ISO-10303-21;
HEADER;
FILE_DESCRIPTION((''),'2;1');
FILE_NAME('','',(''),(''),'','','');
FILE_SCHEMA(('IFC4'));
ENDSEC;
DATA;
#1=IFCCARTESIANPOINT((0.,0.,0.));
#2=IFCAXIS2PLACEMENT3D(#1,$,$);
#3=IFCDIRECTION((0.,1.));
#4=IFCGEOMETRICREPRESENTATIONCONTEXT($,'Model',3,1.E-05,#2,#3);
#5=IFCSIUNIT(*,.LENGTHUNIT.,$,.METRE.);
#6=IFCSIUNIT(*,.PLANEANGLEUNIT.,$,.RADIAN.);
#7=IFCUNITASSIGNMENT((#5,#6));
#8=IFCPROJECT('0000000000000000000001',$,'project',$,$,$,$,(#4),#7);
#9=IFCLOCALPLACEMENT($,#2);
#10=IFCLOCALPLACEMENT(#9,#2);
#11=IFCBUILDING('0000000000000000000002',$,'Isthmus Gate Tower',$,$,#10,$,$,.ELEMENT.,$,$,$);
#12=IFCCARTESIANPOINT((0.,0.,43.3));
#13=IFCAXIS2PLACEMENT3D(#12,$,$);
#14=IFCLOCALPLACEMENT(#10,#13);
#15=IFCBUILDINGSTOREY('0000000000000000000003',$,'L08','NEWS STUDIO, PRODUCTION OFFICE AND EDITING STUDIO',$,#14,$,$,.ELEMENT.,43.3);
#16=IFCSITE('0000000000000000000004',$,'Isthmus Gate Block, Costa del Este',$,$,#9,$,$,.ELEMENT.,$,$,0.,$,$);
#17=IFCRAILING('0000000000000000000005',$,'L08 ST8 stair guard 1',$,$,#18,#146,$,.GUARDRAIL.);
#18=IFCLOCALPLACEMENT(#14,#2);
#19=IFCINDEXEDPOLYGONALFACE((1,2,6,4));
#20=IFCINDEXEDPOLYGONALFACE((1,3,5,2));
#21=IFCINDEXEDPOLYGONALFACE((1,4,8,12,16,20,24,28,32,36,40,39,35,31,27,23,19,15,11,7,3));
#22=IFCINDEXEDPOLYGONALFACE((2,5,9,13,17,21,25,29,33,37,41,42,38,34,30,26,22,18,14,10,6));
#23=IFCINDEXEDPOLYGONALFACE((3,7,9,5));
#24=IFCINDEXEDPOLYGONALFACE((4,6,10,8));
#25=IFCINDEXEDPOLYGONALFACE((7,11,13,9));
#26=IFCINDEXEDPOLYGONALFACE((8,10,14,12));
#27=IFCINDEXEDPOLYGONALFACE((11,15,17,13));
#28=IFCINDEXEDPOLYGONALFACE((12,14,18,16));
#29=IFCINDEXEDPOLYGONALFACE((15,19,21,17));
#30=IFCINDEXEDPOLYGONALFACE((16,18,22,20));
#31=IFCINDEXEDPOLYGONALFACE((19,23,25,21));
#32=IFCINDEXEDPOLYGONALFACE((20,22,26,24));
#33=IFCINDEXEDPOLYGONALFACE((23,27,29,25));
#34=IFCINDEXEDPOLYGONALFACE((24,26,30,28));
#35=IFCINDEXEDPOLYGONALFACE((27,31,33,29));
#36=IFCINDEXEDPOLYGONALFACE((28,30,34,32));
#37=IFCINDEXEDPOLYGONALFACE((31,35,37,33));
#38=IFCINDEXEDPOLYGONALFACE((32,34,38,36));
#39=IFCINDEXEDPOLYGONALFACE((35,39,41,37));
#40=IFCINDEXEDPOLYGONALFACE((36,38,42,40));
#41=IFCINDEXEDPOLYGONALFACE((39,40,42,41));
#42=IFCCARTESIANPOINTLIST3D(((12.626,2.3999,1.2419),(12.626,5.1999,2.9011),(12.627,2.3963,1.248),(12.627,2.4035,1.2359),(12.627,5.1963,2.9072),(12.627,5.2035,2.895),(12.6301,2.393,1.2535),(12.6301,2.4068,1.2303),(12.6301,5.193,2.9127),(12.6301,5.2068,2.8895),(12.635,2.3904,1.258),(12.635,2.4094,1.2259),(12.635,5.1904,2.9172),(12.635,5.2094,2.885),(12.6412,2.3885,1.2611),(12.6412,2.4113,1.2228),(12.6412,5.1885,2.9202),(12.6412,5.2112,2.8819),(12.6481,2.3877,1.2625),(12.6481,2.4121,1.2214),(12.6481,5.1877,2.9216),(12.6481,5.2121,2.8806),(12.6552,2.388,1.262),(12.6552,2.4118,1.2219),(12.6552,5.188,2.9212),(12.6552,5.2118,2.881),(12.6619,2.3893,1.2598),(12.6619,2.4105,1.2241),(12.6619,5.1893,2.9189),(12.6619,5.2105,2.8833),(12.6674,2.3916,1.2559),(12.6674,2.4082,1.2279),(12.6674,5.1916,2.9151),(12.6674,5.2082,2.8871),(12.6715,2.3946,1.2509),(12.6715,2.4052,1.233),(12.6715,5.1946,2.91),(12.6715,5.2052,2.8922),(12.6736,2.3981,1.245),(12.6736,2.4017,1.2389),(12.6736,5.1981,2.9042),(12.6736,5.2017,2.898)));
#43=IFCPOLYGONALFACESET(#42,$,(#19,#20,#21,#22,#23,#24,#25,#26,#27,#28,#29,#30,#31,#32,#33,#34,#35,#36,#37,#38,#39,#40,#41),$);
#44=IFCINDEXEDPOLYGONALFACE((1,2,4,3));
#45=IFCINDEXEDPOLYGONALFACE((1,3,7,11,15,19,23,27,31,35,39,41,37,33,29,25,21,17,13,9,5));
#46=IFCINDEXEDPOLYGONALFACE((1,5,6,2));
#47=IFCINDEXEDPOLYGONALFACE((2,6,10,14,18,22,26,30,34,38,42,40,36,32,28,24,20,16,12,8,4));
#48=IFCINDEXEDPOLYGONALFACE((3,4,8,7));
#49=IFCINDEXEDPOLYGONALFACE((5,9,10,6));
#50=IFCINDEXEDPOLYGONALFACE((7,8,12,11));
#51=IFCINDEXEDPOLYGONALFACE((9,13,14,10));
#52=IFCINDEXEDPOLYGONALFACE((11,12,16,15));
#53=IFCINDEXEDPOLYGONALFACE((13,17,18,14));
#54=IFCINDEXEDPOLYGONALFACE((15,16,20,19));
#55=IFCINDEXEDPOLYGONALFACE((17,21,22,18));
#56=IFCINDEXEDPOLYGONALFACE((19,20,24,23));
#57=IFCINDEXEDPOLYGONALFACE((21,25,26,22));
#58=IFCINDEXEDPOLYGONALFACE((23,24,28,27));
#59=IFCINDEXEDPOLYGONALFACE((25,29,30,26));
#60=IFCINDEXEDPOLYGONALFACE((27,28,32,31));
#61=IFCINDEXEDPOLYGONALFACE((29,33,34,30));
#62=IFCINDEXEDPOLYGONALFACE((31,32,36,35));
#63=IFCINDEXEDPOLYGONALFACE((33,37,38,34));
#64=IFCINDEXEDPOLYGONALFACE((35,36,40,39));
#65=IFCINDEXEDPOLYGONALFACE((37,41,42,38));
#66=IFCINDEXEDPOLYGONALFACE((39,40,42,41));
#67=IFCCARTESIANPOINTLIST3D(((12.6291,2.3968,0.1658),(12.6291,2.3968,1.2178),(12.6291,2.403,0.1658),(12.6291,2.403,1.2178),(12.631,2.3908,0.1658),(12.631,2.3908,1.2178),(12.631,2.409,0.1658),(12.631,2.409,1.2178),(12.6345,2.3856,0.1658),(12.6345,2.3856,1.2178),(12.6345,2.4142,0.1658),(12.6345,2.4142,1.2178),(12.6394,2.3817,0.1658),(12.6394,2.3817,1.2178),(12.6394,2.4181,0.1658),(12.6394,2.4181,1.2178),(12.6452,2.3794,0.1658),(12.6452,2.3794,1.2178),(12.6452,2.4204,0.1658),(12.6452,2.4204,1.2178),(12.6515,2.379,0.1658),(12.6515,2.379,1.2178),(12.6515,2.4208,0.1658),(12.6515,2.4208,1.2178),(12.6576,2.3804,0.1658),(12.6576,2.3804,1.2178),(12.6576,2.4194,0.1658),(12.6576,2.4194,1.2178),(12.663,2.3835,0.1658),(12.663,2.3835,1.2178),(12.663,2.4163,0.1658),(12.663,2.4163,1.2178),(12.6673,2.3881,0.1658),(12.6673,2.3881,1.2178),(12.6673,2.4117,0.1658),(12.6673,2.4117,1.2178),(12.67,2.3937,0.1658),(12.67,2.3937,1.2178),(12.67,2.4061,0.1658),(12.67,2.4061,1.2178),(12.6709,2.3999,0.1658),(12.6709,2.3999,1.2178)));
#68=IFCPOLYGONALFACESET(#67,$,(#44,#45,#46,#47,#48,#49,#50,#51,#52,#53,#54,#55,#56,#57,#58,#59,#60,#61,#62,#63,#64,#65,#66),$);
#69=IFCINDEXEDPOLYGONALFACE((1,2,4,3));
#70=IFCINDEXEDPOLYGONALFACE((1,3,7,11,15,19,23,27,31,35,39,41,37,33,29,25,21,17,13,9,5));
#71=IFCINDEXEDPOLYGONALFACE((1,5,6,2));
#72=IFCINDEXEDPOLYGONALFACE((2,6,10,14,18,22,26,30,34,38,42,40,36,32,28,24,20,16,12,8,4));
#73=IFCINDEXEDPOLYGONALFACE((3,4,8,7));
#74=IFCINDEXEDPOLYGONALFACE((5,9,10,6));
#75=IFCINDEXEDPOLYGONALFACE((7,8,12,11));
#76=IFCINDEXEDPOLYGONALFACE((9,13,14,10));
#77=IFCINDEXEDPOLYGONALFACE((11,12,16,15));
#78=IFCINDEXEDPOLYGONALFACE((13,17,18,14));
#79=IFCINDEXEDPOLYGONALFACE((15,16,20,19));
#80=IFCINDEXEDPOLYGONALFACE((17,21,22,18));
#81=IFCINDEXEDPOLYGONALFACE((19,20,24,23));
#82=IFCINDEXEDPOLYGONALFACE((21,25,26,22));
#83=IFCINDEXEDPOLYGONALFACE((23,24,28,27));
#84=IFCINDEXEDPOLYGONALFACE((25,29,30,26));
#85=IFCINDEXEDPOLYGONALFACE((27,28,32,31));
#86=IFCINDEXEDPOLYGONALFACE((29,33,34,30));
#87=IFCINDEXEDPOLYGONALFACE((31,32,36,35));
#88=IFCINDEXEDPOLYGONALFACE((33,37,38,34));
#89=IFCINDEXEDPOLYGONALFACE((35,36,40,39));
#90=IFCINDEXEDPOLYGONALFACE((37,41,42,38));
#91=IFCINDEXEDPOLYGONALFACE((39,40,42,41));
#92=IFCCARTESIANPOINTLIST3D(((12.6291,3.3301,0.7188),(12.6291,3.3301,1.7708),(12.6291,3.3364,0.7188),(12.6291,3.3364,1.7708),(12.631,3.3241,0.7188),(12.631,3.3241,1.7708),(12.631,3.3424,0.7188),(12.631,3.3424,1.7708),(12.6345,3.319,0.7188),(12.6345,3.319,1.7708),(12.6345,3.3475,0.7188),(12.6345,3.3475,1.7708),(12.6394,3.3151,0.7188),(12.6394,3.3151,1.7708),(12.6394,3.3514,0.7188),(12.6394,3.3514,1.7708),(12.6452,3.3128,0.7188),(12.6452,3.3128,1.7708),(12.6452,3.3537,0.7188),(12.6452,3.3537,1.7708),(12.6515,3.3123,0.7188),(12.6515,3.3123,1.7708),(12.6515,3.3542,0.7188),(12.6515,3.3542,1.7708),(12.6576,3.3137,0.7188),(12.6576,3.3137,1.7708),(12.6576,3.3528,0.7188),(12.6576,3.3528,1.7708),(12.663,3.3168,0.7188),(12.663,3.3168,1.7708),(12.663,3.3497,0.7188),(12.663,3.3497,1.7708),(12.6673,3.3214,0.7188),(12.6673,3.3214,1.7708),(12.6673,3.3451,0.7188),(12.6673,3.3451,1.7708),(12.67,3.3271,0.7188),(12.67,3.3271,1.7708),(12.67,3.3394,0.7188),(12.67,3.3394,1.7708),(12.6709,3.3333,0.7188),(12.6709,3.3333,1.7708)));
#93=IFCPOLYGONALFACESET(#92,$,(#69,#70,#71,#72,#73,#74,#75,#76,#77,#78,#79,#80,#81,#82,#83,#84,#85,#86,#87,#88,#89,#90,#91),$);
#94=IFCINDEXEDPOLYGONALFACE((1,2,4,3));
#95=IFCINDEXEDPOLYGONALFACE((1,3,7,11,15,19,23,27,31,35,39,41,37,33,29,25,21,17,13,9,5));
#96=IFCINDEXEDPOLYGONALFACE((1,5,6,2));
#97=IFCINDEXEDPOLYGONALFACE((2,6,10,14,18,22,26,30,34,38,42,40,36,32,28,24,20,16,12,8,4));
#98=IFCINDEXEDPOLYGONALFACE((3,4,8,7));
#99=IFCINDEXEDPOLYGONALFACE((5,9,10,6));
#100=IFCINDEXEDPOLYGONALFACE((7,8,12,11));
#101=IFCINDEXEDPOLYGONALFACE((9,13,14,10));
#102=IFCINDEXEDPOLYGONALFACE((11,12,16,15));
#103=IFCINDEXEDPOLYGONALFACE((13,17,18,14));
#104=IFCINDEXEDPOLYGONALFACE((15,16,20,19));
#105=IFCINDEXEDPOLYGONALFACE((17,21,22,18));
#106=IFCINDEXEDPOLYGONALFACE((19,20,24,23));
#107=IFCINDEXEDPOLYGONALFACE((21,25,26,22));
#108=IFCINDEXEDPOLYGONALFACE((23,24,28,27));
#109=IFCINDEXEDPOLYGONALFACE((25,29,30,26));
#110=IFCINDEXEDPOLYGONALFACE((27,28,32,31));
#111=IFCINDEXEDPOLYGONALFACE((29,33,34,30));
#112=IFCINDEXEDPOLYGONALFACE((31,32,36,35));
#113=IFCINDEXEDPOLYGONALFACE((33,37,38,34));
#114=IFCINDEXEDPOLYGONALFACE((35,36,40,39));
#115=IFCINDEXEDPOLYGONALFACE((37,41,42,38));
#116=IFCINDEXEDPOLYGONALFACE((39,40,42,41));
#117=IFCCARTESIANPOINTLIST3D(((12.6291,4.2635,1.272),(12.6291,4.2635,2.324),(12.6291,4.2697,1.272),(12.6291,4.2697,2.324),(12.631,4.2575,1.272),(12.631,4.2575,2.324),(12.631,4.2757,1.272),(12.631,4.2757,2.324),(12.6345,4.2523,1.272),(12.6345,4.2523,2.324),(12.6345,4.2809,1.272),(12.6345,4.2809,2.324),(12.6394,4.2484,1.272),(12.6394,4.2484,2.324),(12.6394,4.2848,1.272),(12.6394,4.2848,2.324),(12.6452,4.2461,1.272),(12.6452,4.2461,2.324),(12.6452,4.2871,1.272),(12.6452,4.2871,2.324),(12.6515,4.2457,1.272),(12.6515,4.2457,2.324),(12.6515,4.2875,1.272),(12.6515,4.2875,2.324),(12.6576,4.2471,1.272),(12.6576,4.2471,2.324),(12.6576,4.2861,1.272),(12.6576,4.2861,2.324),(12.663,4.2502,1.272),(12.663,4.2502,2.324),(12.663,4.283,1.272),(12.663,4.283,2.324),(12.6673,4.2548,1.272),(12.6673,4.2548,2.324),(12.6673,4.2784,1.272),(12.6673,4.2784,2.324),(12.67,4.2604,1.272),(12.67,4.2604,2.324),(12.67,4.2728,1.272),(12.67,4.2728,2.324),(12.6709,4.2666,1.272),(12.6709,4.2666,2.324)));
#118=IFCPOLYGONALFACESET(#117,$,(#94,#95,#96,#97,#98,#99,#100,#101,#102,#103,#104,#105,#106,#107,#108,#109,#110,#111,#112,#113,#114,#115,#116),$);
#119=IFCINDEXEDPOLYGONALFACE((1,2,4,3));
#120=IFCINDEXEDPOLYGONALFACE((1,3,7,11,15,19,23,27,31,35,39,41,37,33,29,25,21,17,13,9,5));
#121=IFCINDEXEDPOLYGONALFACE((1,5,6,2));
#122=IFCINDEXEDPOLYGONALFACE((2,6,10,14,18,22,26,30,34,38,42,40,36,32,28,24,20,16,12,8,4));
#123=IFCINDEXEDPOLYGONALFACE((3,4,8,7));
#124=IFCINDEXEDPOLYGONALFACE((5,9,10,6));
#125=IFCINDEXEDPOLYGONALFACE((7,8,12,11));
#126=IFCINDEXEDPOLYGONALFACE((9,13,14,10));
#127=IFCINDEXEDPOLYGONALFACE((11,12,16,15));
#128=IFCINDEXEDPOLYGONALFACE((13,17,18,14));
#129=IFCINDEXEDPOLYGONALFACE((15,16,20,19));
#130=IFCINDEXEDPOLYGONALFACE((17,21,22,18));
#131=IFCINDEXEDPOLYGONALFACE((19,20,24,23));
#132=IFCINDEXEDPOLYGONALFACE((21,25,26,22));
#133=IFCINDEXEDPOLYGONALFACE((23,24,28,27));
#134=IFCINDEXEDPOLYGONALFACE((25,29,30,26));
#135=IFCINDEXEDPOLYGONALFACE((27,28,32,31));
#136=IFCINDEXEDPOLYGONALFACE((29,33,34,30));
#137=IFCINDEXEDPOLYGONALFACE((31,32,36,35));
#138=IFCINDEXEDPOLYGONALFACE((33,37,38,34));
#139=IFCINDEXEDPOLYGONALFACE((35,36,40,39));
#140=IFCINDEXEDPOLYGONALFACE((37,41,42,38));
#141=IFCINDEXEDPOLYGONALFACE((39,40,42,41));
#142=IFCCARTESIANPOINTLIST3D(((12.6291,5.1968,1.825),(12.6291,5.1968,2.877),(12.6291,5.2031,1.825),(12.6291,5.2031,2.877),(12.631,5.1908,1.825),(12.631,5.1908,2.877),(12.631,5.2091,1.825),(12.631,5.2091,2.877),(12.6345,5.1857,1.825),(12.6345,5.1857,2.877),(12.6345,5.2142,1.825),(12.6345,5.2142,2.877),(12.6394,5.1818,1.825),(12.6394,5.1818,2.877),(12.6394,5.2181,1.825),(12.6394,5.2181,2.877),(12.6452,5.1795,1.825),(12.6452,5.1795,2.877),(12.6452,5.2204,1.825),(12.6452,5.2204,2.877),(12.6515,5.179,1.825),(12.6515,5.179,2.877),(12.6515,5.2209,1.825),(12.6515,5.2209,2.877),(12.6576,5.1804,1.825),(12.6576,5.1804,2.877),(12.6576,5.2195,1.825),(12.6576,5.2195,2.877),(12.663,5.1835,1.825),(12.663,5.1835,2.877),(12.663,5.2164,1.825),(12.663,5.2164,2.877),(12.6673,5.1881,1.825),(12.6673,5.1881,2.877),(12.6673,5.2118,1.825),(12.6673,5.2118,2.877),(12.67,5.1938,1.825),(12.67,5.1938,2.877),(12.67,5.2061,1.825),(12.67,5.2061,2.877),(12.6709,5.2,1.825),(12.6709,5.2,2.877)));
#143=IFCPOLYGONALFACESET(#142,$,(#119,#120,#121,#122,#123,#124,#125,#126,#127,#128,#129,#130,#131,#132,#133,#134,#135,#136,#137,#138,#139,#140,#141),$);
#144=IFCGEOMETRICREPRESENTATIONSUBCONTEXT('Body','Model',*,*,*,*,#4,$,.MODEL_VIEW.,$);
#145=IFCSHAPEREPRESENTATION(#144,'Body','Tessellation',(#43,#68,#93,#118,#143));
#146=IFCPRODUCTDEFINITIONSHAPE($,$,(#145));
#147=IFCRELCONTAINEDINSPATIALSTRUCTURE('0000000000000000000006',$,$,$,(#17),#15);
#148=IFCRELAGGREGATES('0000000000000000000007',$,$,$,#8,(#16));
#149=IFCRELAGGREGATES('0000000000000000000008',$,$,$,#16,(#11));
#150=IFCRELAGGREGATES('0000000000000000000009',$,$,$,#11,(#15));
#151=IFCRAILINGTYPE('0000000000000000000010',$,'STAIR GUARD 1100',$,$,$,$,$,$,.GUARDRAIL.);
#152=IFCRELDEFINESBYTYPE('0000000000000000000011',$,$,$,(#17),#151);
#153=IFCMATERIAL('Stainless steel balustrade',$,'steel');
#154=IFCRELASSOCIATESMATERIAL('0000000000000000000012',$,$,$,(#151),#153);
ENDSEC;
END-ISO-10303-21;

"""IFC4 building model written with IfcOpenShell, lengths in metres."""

from ifc_helpers import new_model, si_unit, direction, frame, origin, origin_2d, place, context, subcontext, project, spatial, circle, extrude, material, type_object, element, save


model = new_model("IFC4")

# Units and contexts
model_context = context("Model", 3, precision=1e-05, world=origin(), true_north=direction((0.0, 1.0)))
body_context = subcontext(model_context, "Body", "Model", "MODEL_VIEW")
ifc_project = project(units=[si_unit("LENGTHUNIT", "METRE"), si_unit("PLANEANGLEUNIT", "RADIAN")], contexts=[model_context])

# Site, building, storey
site_placement = place(None, origin())
site = spatial("IfcSite", under=ifc_project, at=site_placement, Name="Isthmus Gate Block, Costa del Este", CompositionType="ELEMENT", RefElevation=0.0)
building_placement = place(site_placement, origin())
building = spatial("IfcBuilding", under=site, at=building_placement, Name="Isthmus Gate Tower", CompositionType="ELEMENT")
storey_placement = place(building_placement, frame((0.0, 0.0, 43.3)))
storey = spatial("IfcBuildingStorey", under=building, at=storey_placement, Name="L08", Description="NEWS STUDIO, PRODUCTION OFFICE AND EDITING STUDIO", CompositionType="ELEMENT", Elevation=43.3)

# Railing
ifc_material_1 = material(Name="Stainless steel balustrade", Category="steel")
railing_type_1 = type_object("IfcRailingType", Name="STAIR GUARD 1100", PredefinedType="GUARDRAIL", material=ifc_material_1)
railing_1_placement = place(storey_placement, frame((12.6499, 2.3999, 0.1658)))
element("IfcRailing", 1, at=railing_1_placement, inside=storey, type_object=railing_type_1, Name="L08 ST8 stair guard 1", PredefinedType="GUARDRAIL", context=body_context, shape_type="SweptSolid", body=[
    extrude(circle(Radius=0.0239, at=origin_2d()), frame((0.0, 0.0, 1.0762), z_axis=(0.0, 0.860306, 0.509778), x_axis=(-1.0, 0.0, 0.0)), (0.0, 0.0, 1.0), 3.2546),
    extrude(circle(Radius=0.021, at=origin_2d()), origin(), (0.0, 0.0, 1.0), 1.052),
    extrude(circle(Radius=0.021, at=origin_2d()), frame((0.0, 0.9333, 0.553)), (0.0, 0.0, 1.0), 1.052),
    extrude(circle(Radius=0.021, at=origin_2d()), frame((0.0, 1.8667, 1.1062)), (0.0, 0.0, 1.0), 1.052),
    extrude(circle(Radius=0.021, at=origin_2d()), frame((0.0, 2.8, 1.6592)), (0.0, 0.0, 1.0), 1.052),
])

save(model, "model.ifc")
